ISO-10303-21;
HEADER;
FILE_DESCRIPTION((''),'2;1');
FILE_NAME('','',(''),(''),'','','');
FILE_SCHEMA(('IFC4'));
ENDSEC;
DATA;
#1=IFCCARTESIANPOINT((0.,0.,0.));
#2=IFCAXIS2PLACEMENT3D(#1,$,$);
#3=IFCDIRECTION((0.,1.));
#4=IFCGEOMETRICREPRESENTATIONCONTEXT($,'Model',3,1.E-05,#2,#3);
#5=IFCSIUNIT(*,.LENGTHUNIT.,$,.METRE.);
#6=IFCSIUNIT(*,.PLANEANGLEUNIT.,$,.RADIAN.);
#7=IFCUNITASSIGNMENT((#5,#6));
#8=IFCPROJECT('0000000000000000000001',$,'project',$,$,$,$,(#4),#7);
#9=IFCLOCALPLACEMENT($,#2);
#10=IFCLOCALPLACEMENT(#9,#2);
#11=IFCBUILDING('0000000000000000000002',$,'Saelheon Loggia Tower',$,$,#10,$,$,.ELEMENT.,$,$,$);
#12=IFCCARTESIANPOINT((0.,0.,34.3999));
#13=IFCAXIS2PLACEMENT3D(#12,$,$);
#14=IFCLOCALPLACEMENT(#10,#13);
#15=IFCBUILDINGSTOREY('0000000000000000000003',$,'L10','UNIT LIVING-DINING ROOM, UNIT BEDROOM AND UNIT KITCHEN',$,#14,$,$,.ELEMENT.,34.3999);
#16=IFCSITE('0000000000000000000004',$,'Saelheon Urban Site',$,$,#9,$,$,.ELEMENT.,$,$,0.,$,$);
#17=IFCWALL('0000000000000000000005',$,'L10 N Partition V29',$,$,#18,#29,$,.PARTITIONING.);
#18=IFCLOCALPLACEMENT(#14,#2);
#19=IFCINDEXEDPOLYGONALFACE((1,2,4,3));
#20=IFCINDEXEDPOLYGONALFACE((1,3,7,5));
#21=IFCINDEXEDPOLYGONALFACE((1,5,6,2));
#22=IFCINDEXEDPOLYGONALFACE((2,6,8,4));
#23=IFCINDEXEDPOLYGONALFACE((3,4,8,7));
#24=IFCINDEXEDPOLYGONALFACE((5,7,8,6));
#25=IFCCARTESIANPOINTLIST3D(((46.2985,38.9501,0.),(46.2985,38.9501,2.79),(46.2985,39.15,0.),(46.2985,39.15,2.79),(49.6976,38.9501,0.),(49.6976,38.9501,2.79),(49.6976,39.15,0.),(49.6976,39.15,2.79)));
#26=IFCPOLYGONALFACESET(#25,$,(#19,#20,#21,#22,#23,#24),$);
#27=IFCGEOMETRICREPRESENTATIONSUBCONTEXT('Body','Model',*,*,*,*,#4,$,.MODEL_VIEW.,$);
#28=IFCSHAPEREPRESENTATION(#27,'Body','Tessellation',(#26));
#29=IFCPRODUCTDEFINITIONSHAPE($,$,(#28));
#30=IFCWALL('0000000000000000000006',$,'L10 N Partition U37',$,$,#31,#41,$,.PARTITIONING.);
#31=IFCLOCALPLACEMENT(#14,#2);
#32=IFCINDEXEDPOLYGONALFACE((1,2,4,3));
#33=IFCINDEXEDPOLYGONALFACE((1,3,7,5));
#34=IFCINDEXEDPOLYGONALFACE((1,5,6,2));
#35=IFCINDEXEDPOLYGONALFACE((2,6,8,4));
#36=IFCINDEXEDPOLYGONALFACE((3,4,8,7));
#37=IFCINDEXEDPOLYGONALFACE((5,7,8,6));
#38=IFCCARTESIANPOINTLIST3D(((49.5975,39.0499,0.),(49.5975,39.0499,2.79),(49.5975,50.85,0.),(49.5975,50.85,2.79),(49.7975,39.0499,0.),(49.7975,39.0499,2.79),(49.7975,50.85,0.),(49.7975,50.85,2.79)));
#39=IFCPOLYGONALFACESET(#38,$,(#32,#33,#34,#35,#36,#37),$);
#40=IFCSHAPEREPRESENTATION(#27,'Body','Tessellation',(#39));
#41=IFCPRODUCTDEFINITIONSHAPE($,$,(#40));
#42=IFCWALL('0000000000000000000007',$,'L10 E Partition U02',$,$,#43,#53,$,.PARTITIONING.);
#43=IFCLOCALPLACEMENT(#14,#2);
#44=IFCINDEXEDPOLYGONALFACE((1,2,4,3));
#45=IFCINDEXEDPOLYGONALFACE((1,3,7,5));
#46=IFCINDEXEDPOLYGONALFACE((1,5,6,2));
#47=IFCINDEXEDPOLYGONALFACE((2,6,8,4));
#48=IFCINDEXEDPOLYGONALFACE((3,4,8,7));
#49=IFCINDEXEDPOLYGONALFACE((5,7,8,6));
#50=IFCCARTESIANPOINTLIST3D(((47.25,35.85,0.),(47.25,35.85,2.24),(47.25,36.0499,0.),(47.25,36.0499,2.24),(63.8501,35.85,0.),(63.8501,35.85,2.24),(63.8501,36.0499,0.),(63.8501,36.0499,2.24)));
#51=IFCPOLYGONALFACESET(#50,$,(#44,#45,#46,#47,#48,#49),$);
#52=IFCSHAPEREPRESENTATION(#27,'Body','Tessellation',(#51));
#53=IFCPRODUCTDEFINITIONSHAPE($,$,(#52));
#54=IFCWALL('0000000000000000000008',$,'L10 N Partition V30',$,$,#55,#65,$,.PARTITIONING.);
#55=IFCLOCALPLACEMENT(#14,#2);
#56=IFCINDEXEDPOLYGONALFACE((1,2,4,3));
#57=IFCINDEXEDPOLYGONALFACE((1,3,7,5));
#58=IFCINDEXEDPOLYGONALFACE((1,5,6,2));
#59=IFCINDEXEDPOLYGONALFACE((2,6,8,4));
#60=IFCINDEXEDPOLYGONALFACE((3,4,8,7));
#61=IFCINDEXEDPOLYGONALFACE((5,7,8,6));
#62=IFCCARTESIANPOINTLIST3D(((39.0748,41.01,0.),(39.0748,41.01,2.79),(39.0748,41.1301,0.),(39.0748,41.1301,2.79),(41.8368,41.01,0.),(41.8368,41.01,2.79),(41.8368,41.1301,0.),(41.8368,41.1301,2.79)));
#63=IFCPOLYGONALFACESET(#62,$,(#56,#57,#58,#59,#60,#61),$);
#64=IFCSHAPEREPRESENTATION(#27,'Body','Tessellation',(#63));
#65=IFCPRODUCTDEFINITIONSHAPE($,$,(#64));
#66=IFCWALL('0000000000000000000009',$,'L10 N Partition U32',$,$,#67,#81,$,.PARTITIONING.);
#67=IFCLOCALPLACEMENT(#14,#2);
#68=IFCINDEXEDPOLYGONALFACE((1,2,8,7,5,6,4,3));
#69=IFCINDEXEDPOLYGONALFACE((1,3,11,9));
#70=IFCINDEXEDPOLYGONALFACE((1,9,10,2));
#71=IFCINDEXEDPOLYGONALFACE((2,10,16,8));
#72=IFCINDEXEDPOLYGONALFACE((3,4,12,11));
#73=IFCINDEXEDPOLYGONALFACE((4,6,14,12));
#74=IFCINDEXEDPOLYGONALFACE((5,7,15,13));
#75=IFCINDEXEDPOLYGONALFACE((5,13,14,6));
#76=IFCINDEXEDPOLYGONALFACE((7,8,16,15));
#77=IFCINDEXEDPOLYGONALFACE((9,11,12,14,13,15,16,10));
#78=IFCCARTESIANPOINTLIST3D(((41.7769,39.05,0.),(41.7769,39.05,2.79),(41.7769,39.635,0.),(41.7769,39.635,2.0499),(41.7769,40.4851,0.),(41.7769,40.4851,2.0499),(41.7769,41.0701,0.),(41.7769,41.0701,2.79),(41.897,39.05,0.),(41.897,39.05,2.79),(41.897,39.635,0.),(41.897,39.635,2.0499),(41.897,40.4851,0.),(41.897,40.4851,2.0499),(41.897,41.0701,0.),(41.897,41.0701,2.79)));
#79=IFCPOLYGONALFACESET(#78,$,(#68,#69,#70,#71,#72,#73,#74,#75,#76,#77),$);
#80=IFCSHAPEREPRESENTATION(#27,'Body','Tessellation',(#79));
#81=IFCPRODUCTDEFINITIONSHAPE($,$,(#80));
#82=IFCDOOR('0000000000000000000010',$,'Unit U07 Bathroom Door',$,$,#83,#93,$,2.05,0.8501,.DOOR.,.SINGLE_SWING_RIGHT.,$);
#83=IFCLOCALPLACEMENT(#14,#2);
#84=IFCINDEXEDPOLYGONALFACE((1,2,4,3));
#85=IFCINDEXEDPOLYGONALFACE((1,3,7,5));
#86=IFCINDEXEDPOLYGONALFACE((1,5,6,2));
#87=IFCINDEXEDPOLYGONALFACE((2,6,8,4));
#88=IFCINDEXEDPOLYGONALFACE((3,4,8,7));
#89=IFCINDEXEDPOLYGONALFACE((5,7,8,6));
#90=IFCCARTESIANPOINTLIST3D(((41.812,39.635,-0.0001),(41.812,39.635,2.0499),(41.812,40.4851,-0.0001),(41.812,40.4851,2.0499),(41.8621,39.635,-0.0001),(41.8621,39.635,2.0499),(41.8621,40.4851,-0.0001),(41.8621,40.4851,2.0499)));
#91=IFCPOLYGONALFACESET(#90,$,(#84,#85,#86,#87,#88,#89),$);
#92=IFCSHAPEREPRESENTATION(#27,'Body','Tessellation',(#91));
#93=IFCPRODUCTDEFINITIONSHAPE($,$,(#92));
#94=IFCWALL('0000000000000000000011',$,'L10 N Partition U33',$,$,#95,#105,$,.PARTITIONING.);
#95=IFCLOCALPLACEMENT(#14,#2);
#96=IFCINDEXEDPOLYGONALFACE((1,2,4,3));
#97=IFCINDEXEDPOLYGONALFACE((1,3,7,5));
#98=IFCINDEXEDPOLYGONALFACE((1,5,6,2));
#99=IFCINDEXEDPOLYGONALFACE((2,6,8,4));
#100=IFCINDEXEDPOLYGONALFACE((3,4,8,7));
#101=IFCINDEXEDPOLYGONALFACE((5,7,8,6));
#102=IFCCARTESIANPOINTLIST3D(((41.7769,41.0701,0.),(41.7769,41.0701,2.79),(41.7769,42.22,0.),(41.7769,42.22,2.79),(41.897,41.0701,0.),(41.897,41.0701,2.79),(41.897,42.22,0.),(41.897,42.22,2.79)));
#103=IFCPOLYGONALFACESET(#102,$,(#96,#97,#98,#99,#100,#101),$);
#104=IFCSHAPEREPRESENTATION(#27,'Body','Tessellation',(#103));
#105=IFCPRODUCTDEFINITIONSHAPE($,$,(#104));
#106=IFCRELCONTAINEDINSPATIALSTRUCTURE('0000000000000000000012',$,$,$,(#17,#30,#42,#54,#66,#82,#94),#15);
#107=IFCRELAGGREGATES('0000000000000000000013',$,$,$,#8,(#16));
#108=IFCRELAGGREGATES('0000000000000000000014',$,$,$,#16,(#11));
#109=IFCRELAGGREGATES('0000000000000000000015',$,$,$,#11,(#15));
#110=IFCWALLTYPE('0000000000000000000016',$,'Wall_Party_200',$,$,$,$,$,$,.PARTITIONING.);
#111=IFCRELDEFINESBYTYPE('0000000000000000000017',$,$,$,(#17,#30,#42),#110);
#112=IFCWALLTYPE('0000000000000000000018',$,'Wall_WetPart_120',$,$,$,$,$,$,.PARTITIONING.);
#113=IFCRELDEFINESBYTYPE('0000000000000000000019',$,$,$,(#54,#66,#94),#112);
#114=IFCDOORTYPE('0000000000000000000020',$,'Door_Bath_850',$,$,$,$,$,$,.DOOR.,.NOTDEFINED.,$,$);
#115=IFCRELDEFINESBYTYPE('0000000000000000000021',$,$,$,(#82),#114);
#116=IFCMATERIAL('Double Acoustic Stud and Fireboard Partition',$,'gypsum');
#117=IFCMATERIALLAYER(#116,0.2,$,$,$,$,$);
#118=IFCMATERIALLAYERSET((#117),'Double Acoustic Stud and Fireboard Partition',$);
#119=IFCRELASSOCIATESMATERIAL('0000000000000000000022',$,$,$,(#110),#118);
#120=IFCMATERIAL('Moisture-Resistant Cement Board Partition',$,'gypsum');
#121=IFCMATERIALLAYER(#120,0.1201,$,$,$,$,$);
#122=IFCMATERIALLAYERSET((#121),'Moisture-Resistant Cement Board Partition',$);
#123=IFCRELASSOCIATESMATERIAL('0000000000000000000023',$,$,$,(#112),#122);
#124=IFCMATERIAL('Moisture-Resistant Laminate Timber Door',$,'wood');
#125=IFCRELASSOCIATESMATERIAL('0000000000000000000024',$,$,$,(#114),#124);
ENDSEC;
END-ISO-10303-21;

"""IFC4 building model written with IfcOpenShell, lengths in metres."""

from ifc_helpers import new_model, si_unit, direction, frame, frame_2d, origin, place, context, subcontext, project, spatial, rectangle, extrude, source, transform, mapped, material, layer, layer_set, type_object, element, fill, save


model = new_model("IFC4")

# Units and contexts
model_context = context("Model", 3, precision=1e-05, world=origin(), true_north=direction((0.0, 1.0)))
body_context = subcontext(model_context, "Body", "Model", "MODEL_VIEW")
ifc_project = project(units=[si_unit("LENGTHUNIT", "METRE"), si_unit("PLANEANGLEUNIT", "RADIAN")], contexts=[model_context])

# Site, building, storey
site_placement = place(None, origin())
site = spatial("IfcSite", under=ifc_project, at=site_placement, Name="Saelheon Urban Site", CompositionType="ELEMENT", RefElevation=0.0)
building_placement = place(site_placement, origin())
building = spatial("IfcBuilding", under=site, at=building_placement, Name="Saelheon Loggia Tower", CompositionType="ELEMENT")
storey_placement = place(building_placement, frame((0.0, 0.0, 34.3999)))
storey = spatial("IfcBuildingStorey", under=building, at=storey_placement, Name="L10", Description="UNIT LIVING-DINING ROOM, UNIT BEDROOM AND UNIT KITCHEN", CompositionType="ELEMENT", Elevation=34.3999)

# Shared definitions
ifc_material_1 = material(Name="Double Acoustic Stud and Fireboard Partition", Category="gypsum")
ifc_layer_1 = layer(ifc_material_1, 0.2)
ifc_layer_set_1 = layer_set([ifc_layer_1], Name="Double Acoustic Stud and Fireboard Partition")
wall_type_1 = type_object("IfcWallType", Name="Wall_Party_200", PredefinedType="PARTITIONING", material=ifc_layer_set_1)

# Walls
wall_1_placement = place(storey_placement, frame((46.2983, 39.05, 0.0), z_axis=(0.0, 0.0, 1.0), x_axis=(1.0, 0.0, 0.0)))
element("IfcWall", 1, at=wall_1_placement, inside=storey, type_object=wall_type_1, Name="L10 N Partition V29", PredefinedType="PARTITIONING", context=body_context, shape_type="SweptSolid", body=[
    extrude(rectangle(XDim=3.3992, YDim=0.2, at=frame_2d((1.6997, 0.0))), origin(), (0.0, 0.0, 1.0), 2.79),
])
wall_2_placement = place(storey_placement, frame((49.6975, 39.05, 0.0), z_axis=(0.0, 0.0, 1.0), x_axis=(0.0, 1.0, 0.0)))
element("IfcWall", 2, at=wall_2_placement, inside=storey, type_object=wall_type_1, Name="L10 N Partition U37", PredefinedType="PARTITIONING", context=body_context, shape_type="SweptSolid", body=[
    extrude(rectangle(XDim=11.8, YDim=0.2, at=frame_2d((5.8999, 0.0))), origin(), (0.0, 0.0, 1.0), 2.79),
])
wall_3_placement = place(storey_placement, frame((47.25, 35.95, 0.0), z_axis=(0.0, 0.0, 1.0), x_axis=(1.0, 0.0, 0.0)))
element("IfcWall", 3, at=wall_3_placement, inside=storey, type_object=wall_type_1, Name="L10 E Partition U02", PredefinedType="PARTITIONING", context=body_context, shape_type="SweptSolid", body=[
    extrude(rectangle(XDim=16.6001, YDim=0.2, at=frame_2d((8.3, 0.0))), origin(), (0.0, 0.0, 1.0), 2.24),
])
ifc_material_2 = material(Name="Moisture-Resistant Cement Board Partition", Category="gypsum")
ifc_layer_2 = layer(ifc_material_2, 0.1201)
ifc_layer_set_2 = layer_set([ifc_layer_2], Name="Moisture-Resistant Cement Board Partition")
wall_type_2 = type_object("IfcWallType", Name="Wall_WetPart_120", PredefinedType="PARTITIONING", material=ifc_layer_set_2)
wall_4_placement = place(storey_placement, frame((39.075, 41.0701, 0.0), z_axis=(0.0, 0.0, 1.0), x_axis=(1.0, 0.0, 0.0)))
element("IfcWall", 4, at=wall_4_placement, inside=storey, type_object=wall_type_2, Name="L10 N Partition V30", PredefinedType="PARTITIONING", context=body_context, shape_type="SweptSolid", body=[
    extrude(rectangle(XDim=2.762, YDim=0.1201, at=frame_2d((1.3809, 0.0))), origin(), (0.0, 0.0, 1.0), 2.79),
])

# Wall, opening, door
wall_5_placement = place(storey_placement, frame((41.8369, 39.05, 0.0), z_axis=(0.0, 0.0, 1.0), x_axis=(0.0, 1.0, 0.0)))
wall_5 = element("IfcWall", 5, at=wall_5_placement, inside=storey, type_object=wall_type_2, Name="L10 N Partition U32", PredefinedType="PARTITIONING", context=body_context, shape_type="SweptSolid", body=[
    extrude(rectangle(XDim=2.02, YDim=0.1201, at=frame_2d((1.01, 0.0))), origin(), (0.0, 0.0, 1.0), 2.79),
])
opening_1_placement = place(wall_5_placement, frame((0.585, 0.0, 0.0)))
opening_1 = element("IfcOpeningElement", 6, at=opening_1_placement, cuts=wall_5, PredefinedType="OPENING", context=body_context, shape_type="SweptSolid", body=[
    extrude(rectangle(XDim=0.8501, YDim=2.05, at=frame_2d((0.425, 1.0249))), frame((0.0, 0.072, 0.0), z_axis=(0.0, -1.0, 0.0), x_axis=(1.0, 0.0, 0.0)), (0.0, 0.0, 1.0), 0.144),
])
ifc_material_3 = material(Name="Moisture-Resistant Laminate Timber Door", Category="wood")
door_type_1 = type_object("IfcDoorType", Name="Door_Bath_850", OperationType="NOTDEFINED", PredefinedType="DOOR", material=ifc_material_3)
shared_shape_1 = source(origin(), body_context, "Body", "SweptSolid", [
    extrude(rectangle(XDim=0.8501, YDim=2.05, at=frame_2d((0.425, 1.0249))), frame((0.0, 0.0249, 0.0), z_axis=(0.0, -1.0, 0.0), x_axis=(1.0, 0.0, 0.0)), (0.0, 0.0, 1.0), 0.05),
])
door_1_placement = place(opening_1_placement, origin())
door_1 = element("IfcDoor", 7, at=door_1_placement, inside=storey, type_object=door_type_1, Name="Unit U07 Bathroom Door", OperationType="SINGLE_SWING_RIGHT", OverallHeight=2.05, OverallWidth=0.8501, PredefinedType="DOOR", context=body_context, shape_type="MappedRepresentation", body=[
    mapped(shared_shape_1, transform((0.0, 0.0, 0.0), scale=1.0)),
])
fill(opening_1, door_1)

# Wall
wall_6_placement = place(storey_placement, frame((41.8369, 41.0701, 0.0), z_axis=(0.0, 0.0, 1.0), x_axis=(0.0, 1.0, 0.0)))
element("IfcWall", 8, at=wall_6_placement, inside=storey, type_object=wall_type_2, Name="L10 N Partition U33", PredefinedType="PARTITIONING", context=body_context, shape_type="SweptSolid", body=[
    extrude(rectangle(XDim=1.1499, YDim=0.1201, at=frame_2d((0.575, 0.0))), origin(), (0.0, 0.0, 1.0), 2.79),
])

save(model, "model.ifc")
